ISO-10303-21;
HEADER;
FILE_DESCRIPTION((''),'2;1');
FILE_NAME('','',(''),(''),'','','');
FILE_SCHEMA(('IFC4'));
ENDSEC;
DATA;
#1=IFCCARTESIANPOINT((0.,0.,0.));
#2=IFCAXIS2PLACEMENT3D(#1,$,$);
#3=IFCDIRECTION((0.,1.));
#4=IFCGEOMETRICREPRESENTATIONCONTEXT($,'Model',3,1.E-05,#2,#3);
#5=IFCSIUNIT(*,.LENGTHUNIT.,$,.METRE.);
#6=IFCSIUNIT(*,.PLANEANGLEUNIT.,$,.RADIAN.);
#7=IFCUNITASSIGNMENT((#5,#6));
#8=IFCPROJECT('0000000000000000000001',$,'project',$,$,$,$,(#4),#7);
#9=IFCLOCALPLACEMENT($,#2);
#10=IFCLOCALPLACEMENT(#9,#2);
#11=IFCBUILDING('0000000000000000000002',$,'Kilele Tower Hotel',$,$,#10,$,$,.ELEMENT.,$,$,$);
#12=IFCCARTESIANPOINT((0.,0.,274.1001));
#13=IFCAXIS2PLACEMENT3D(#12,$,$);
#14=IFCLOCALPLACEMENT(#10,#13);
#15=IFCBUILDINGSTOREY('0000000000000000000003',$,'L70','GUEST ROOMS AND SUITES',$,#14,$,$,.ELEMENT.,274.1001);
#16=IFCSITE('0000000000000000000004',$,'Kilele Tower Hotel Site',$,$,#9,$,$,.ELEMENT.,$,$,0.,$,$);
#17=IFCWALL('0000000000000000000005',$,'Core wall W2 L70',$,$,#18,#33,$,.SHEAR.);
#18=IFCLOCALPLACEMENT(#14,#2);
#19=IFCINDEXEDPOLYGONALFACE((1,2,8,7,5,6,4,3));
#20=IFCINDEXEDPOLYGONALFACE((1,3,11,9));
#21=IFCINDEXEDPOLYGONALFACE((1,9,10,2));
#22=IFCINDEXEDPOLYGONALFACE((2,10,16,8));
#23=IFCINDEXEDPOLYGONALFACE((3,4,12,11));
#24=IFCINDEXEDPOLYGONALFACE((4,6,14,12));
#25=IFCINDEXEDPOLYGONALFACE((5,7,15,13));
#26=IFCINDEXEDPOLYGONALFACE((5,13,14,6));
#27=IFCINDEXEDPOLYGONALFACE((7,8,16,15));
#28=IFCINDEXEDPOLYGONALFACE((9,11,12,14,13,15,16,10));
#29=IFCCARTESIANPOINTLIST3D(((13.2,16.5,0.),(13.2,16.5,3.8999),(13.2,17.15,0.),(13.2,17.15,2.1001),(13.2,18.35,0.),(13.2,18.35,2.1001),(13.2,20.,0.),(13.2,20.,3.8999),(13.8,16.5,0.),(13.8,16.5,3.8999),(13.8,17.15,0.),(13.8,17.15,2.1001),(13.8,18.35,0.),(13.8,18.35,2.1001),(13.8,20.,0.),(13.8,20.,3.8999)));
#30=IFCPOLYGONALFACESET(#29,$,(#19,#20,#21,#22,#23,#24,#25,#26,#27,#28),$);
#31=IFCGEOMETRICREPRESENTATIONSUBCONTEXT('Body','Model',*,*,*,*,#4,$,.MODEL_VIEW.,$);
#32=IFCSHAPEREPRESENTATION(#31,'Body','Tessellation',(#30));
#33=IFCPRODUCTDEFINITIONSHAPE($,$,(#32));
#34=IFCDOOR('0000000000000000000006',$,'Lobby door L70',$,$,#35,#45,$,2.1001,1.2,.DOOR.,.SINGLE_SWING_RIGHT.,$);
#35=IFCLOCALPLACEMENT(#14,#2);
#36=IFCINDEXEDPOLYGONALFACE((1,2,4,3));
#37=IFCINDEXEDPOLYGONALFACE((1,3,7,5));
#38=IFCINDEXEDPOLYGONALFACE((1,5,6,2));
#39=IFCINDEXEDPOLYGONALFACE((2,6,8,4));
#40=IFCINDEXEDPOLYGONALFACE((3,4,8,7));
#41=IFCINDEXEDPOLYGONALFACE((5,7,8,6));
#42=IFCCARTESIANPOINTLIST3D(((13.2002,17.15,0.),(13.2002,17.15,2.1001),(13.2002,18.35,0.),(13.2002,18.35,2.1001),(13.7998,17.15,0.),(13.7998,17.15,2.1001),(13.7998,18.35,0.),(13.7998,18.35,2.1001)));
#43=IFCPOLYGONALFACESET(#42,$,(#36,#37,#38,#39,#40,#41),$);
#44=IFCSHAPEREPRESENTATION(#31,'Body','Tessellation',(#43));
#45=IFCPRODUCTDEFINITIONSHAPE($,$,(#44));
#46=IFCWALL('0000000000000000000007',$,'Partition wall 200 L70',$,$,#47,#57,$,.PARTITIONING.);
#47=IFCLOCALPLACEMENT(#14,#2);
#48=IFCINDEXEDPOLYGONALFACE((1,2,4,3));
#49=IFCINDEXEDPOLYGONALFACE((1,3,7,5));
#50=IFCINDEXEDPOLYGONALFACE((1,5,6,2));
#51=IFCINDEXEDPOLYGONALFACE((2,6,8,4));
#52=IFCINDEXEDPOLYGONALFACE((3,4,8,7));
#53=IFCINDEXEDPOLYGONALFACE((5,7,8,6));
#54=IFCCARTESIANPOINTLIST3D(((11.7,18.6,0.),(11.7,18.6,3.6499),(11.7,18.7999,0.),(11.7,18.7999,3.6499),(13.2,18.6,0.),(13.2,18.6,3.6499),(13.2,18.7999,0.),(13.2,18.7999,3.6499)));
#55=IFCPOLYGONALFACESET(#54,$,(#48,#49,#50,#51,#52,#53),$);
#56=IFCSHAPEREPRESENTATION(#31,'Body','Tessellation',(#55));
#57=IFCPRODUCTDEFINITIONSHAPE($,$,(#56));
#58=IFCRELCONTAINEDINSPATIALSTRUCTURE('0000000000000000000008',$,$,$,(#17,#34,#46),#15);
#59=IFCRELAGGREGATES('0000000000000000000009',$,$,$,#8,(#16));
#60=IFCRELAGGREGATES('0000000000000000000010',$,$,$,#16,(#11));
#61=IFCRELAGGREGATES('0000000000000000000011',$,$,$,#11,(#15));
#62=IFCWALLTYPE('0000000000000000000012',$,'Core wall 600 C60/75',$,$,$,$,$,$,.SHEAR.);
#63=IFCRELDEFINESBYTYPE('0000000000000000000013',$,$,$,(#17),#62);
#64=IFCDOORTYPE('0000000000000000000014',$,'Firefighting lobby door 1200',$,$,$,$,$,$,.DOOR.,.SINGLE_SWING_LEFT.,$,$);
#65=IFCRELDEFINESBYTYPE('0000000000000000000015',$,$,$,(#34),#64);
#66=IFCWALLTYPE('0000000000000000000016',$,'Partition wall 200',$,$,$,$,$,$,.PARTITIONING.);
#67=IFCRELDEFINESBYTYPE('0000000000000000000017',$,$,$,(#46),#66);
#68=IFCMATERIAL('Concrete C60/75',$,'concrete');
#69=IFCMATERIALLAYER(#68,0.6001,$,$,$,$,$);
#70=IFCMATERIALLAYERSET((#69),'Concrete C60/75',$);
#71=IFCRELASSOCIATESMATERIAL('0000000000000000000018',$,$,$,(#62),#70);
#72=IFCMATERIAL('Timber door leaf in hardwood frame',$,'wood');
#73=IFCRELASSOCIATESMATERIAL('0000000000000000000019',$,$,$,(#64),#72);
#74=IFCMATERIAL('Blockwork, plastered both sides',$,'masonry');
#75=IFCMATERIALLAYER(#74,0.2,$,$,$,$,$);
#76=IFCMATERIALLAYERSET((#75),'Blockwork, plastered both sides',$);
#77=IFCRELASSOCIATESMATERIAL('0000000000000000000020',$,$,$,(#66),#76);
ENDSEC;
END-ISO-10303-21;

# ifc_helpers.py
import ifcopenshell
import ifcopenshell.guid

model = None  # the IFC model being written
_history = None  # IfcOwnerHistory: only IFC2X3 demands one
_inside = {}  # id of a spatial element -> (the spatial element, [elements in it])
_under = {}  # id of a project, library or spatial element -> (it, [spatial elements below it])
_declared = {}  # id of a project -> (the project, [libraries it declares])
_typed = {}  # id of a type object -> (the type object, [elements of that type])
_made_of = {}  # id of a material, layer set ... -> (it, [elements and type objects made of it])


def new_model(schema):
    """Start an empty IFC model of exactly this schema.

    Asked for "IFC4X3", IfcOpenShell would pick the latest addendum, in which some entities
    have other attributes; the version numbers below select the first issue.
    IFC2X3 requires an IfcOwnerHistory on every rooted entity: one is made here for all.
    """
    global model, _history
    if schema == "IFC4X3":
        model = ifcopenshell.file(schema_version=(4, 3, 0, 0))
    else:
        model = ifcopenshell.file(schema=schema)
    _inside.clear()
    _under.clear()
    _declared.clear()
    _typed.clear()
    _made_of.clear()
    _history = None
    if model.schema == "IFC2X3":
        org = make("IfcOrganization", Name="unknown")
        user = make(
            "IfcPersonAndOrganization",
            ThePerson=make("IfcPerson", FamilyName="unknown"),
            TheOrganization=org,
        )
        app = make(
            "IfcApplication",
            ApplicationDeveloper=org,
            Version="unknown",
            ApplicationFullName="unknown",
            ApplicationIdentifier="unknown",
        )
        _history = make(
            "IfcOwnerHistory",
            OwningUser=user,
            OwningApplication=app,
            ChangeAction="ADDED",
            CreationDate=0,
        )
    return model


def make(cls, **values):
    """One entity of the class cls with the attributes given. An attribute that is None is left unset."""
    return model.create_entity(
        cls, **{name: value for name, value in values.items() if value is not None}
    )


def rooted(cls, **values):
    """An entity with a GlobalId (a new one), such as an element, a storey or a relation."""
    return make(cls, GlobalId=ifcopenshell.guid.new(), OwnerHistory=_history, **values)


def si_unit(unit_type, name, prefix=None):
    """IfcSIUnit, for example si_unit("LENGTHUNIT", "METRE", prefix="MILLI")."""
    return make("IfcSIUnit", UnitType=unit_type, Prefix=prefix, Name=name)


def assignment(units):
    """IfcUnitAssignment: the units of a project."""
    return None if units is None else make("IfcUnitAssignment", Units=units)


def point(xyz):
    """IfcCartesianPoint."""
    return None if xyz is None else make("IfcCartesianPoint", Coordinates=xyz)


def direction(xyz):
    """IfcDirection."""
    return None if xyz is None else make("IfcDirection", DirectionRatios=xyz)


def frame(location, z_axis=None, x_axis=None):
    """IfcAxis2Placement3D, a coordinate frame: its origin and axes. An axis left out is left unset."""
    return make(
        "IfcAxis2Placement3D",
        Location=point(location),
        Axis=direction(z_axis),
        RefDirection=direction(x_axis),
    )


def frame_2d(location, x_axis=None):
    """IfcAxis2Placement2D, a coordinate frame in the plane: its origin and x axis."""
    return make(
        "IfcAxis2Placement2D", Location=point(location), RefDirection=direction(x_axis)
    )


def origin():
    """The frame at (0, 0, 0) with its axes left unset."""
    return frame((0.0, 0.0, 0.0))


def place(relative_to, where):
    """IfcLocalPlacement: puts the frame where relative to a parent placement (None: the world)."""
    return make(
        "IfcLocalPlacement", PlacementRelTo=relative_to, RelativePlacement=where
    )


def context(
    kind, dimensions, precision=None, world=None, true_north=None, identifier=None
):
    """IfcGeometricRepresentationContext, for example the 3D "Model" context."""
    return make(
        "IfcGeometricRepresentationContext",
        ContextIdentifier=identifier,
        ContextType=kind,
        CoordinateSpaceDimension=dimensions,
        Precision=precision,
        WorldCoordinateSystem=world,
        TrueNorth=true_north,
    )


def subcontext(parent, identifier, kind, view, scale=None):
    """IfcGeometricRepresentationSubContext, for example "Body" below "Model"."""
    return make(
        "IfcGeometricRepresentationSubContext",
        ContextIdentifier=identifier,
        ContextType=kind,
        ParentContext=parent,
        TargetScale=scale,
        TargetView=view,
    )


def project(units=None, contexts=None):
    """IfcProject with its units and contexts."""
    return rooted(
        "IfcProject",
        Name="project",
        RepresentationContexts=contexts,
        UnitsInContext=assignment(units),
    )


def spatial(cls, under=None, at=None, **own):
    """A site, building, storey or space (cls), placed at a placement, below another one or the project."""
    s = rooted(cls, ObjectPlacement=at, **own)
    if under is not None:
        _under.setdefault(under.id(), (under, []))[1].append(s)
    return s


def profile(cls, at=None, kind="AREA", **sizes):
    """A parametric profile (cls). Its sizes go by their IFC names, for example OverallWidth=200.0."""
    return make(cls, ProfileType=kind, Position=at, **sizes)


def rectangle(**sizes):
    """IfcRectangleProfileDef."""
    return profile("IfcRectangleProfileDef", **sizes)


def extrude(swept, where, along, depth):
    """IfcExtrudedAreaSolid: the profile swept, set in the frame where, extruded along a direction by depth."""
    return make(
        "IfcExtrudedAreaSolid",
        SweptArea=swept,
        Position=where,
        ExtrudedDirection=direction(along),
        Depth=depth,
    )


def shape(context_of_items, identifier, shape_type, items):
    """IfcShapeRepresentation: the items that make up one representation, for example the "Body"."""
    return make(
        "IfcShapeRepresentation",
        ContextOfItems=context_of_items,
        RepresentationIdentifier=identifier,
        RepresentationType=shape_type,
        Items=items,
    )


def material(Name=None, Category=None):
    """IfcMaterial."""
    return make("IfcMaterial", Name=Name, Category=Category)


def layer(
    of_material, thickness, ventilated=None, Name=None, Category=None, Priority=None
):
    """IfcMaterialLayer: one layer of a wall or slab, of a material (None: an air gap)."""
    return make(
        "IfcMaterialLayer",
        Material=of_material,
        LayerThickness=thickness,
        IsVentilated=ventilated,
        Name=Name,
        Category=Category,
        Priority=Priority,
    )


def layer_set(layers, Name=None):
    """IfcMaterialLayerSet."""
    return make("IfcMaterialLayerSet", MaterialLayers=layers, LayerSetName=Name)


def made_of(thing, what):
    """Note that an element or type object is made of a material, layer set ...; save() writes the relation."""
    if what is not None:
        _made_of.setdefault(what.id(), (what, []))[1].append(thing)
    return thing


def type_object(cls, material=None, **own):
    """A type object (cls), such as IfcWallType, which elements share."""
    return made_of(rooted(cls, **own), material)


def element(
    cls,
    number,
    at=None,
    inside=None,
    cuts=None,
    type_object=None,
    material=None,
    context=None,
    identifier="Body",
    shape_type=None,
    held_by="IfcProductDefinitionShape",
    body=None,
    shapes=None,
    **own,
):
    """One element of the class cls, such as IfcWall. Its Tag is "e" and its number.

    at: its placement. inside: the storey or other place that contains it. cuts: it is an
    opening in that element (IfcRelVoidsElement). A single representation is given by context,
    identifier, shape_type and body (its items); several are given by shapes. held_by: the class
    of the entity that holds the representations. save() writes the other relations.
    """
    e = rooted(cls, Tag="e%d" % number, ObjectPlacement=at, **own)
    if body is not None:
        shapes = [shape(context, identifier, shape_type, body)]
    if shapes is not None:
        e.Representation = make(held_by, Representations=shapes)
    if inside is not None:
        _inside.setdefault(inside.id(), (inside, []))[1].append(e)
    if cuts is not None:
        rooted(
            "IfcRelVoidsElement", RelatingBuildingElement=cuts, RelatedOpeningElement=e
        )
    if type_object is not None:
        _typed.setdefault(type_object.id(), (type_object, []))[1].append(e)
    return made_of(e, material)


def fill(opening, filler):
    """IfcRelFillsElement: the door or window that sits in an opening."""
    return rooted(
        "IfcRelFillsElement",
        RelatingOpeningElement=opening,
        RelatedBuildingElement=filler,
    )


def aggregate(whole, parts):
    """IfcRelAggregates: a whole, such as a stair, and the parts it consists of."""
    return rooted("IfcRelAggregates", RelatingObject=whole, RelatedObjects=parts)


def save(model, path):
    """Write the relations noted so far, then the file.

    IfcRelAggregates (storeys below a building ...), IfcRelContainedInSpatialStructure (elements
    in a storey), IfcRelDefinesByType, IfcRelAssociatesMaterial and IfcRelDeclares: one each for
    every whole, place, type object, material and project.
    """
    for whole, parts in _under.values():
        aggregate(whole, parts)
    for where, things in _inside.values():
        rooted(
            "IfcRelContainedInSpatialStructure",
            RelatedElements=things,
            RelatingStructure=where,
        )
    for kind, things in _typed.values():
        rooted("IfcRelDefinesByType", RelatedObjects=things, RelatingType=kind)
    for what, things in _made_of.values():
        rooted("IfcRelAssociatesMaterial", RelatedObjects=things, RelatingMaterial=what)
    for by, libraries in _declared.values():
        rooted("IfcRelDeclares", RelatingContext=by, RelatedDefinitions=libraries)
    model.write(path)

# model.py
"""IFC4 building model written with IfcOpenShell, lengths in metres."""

from ifc_helpers import new_model, si_unit, direction, frame, frame_2d, origin, place, context, subcontext, project, spatial, rectangle, extrude, material, layer, layer_set, type_object, element, fill, save


model = new_model("IFC4")

# Units and contexts
model_context = context("Model", 3, precision=1e-05, world=origin(), true_north=direction((0.0, 1.0)))
body_context = subcontext(model_context, "Body", "Model", "MODEL_VIEW")
ifc_project = project(units=[si_unit("LENGTHUNIT", "METRE"), si_unit("PLANEANGLEUNIT", "RADIAN")], contexts=[model_context])

# Site, building, storey
site_placement = place(None, origin())
site = spatial("IfcSite", under=ifc_project, at=site_placement, Name="Kilele Tower Hotel Site", CompositionType="ELEMENT", RefElevation=0.0)
building_placement = place(site_placement, origin())
building = spatial("IfcBuilding", under=site, at=building_placement, Name="Kilele Tower Hotel", CompositionType="ELEMENT")
storey_placement = place(building_placement, frame((0.0, 0.0, 274.1001)))
storey = spatial("IfcBuildingStorey", under=building, at=storey_placement, Name="L70", Description="GUEST ROOMS AND SUITES", CompositionType="ELEMENT", Elevation=274.1001)

# Shared definitions
ifc_material_1 = material(Name="Concrete C60/75", Category="concrete")
ifc_layer_1 = layer(ifc_material_1, 0.6001)
ifc_layer_set_1 = layer_set([ifc_layer_1], Name="Concrete C60/75")
wall_type_1 = type_object("IfcWallType", Name="Core wall 600 C60/75", PredefinedType="SHEAR", material=ifc_layer_set_1)

# Wall, opening, door
wall_1_placement = place(storey_placement, frame((13.5, 20.0, 0.0), z_axis=(0.0, 0.0, 1.0), x_axis=(0.0, -1.0, 0.0)))
wall_1 = element("IfcWall", 1, at=wall_1_placement, inside=storey, type_object=wall_type_1, Name="Core wall W2 L70", PredefinedType="SHEAR", context=body_context, shape_type="SweptSolid", body=[
    extrude(rectangle(XDim=3.5, YDim=0.6001, at=frame_2d((1.75, 0.0))), origin(), (0.0, 0.0, 1.0), 3.8999),
])
opening_1_placement = place(wall_1_placement, frame((1.6499, 0.0, 0.0)))
opening_1 = element("IfcOpeningElement", 2, at=opening_1_placement, cuts=wall_1, PredefinedType="OPENING", context=body_context, shape_type="SweptSolid", body=[
    extrude(rectangle(XDim=1.2, YDim=2.1001, at=frame_2d((0.6001, 1.05))), frame((0.0, 0.3101, 0.0), z_axis=(0.0, -1.0, 0.0), x_axis=(1.0, 0.0, 0.0)), (0.0, 0.0, 1.0), 0.6201),
])
ifc_material_2 = material(Name="Timber door leaf in hardwood frame", Category="wood")
door_type_1 = type_object("IfcDoorType", Name="Firefighting lobby door 1200", OperationType="SINGLE_SWING_LEFT", PredefinedType="DOOR", material=ifc_material_2)
door_1_placement = place(opening_1_placement, origin())
door_1 = element("IfcDoor", 3, at=door_1_placement, inside=storey, type_object=door_type_1, Name="Lobby door L70", OperationType="SINGLE_SWING_RIGHT", OverallHeight=2.1001, OverallWidth=1.2, PredefinedType="DOOR", context=body_context, shape_type="SweptSolid", body=[
    extrude(rectangle(XDim=1.2, YDim=2.1001, at=frame_2d((0.6001, 1.05))), frame((0.0, 0.2998, 0.0), z_axis=(0.0, -1.0, 0.0), x_axis=(1.0, 0.0, 0.0)), (0.0, 0.0, 1.0), 0.5996),
])
fill(opening_1, door_1)

# Wall
ifc_material_3 = material(Name="Blockwork, plastered both sides", Category="masonry")
ifc_layer_2 = layer(ifc_material_3, 0.2)
ifc_layer_set_2 = layer_set([ifc_layer_2], Name="Blockwork, plastered both sides")
wall_type_2 = type_object("IfcWallType", Name="Partition wall 200", PredefinedType="PARTITIONING", material=ifc_layer_set_2)
wall_2_placement = place(storey_placement, frame((13.2, 18.7, 0.0), z_axis=(0.0, 0.0, 1.0), x_axis=(-1.0, 0.0, 0.0)))
element("IfcWall", 4, at=wall_2_placement, inside=storey, type_object=wall_type_2, Name="Partition wall 200 L70", PredefinedType="PARTITIONING", context=body_context, shape_type="SweptSolid", body=[
    extrude(rectangle(XDim=1.5, YDim=0.2, at=frame_2d((0.75, 0.0))), origin(), (0.0, 0.0, 1.0), 3.6499),
])

save(model, "model.ifc")
